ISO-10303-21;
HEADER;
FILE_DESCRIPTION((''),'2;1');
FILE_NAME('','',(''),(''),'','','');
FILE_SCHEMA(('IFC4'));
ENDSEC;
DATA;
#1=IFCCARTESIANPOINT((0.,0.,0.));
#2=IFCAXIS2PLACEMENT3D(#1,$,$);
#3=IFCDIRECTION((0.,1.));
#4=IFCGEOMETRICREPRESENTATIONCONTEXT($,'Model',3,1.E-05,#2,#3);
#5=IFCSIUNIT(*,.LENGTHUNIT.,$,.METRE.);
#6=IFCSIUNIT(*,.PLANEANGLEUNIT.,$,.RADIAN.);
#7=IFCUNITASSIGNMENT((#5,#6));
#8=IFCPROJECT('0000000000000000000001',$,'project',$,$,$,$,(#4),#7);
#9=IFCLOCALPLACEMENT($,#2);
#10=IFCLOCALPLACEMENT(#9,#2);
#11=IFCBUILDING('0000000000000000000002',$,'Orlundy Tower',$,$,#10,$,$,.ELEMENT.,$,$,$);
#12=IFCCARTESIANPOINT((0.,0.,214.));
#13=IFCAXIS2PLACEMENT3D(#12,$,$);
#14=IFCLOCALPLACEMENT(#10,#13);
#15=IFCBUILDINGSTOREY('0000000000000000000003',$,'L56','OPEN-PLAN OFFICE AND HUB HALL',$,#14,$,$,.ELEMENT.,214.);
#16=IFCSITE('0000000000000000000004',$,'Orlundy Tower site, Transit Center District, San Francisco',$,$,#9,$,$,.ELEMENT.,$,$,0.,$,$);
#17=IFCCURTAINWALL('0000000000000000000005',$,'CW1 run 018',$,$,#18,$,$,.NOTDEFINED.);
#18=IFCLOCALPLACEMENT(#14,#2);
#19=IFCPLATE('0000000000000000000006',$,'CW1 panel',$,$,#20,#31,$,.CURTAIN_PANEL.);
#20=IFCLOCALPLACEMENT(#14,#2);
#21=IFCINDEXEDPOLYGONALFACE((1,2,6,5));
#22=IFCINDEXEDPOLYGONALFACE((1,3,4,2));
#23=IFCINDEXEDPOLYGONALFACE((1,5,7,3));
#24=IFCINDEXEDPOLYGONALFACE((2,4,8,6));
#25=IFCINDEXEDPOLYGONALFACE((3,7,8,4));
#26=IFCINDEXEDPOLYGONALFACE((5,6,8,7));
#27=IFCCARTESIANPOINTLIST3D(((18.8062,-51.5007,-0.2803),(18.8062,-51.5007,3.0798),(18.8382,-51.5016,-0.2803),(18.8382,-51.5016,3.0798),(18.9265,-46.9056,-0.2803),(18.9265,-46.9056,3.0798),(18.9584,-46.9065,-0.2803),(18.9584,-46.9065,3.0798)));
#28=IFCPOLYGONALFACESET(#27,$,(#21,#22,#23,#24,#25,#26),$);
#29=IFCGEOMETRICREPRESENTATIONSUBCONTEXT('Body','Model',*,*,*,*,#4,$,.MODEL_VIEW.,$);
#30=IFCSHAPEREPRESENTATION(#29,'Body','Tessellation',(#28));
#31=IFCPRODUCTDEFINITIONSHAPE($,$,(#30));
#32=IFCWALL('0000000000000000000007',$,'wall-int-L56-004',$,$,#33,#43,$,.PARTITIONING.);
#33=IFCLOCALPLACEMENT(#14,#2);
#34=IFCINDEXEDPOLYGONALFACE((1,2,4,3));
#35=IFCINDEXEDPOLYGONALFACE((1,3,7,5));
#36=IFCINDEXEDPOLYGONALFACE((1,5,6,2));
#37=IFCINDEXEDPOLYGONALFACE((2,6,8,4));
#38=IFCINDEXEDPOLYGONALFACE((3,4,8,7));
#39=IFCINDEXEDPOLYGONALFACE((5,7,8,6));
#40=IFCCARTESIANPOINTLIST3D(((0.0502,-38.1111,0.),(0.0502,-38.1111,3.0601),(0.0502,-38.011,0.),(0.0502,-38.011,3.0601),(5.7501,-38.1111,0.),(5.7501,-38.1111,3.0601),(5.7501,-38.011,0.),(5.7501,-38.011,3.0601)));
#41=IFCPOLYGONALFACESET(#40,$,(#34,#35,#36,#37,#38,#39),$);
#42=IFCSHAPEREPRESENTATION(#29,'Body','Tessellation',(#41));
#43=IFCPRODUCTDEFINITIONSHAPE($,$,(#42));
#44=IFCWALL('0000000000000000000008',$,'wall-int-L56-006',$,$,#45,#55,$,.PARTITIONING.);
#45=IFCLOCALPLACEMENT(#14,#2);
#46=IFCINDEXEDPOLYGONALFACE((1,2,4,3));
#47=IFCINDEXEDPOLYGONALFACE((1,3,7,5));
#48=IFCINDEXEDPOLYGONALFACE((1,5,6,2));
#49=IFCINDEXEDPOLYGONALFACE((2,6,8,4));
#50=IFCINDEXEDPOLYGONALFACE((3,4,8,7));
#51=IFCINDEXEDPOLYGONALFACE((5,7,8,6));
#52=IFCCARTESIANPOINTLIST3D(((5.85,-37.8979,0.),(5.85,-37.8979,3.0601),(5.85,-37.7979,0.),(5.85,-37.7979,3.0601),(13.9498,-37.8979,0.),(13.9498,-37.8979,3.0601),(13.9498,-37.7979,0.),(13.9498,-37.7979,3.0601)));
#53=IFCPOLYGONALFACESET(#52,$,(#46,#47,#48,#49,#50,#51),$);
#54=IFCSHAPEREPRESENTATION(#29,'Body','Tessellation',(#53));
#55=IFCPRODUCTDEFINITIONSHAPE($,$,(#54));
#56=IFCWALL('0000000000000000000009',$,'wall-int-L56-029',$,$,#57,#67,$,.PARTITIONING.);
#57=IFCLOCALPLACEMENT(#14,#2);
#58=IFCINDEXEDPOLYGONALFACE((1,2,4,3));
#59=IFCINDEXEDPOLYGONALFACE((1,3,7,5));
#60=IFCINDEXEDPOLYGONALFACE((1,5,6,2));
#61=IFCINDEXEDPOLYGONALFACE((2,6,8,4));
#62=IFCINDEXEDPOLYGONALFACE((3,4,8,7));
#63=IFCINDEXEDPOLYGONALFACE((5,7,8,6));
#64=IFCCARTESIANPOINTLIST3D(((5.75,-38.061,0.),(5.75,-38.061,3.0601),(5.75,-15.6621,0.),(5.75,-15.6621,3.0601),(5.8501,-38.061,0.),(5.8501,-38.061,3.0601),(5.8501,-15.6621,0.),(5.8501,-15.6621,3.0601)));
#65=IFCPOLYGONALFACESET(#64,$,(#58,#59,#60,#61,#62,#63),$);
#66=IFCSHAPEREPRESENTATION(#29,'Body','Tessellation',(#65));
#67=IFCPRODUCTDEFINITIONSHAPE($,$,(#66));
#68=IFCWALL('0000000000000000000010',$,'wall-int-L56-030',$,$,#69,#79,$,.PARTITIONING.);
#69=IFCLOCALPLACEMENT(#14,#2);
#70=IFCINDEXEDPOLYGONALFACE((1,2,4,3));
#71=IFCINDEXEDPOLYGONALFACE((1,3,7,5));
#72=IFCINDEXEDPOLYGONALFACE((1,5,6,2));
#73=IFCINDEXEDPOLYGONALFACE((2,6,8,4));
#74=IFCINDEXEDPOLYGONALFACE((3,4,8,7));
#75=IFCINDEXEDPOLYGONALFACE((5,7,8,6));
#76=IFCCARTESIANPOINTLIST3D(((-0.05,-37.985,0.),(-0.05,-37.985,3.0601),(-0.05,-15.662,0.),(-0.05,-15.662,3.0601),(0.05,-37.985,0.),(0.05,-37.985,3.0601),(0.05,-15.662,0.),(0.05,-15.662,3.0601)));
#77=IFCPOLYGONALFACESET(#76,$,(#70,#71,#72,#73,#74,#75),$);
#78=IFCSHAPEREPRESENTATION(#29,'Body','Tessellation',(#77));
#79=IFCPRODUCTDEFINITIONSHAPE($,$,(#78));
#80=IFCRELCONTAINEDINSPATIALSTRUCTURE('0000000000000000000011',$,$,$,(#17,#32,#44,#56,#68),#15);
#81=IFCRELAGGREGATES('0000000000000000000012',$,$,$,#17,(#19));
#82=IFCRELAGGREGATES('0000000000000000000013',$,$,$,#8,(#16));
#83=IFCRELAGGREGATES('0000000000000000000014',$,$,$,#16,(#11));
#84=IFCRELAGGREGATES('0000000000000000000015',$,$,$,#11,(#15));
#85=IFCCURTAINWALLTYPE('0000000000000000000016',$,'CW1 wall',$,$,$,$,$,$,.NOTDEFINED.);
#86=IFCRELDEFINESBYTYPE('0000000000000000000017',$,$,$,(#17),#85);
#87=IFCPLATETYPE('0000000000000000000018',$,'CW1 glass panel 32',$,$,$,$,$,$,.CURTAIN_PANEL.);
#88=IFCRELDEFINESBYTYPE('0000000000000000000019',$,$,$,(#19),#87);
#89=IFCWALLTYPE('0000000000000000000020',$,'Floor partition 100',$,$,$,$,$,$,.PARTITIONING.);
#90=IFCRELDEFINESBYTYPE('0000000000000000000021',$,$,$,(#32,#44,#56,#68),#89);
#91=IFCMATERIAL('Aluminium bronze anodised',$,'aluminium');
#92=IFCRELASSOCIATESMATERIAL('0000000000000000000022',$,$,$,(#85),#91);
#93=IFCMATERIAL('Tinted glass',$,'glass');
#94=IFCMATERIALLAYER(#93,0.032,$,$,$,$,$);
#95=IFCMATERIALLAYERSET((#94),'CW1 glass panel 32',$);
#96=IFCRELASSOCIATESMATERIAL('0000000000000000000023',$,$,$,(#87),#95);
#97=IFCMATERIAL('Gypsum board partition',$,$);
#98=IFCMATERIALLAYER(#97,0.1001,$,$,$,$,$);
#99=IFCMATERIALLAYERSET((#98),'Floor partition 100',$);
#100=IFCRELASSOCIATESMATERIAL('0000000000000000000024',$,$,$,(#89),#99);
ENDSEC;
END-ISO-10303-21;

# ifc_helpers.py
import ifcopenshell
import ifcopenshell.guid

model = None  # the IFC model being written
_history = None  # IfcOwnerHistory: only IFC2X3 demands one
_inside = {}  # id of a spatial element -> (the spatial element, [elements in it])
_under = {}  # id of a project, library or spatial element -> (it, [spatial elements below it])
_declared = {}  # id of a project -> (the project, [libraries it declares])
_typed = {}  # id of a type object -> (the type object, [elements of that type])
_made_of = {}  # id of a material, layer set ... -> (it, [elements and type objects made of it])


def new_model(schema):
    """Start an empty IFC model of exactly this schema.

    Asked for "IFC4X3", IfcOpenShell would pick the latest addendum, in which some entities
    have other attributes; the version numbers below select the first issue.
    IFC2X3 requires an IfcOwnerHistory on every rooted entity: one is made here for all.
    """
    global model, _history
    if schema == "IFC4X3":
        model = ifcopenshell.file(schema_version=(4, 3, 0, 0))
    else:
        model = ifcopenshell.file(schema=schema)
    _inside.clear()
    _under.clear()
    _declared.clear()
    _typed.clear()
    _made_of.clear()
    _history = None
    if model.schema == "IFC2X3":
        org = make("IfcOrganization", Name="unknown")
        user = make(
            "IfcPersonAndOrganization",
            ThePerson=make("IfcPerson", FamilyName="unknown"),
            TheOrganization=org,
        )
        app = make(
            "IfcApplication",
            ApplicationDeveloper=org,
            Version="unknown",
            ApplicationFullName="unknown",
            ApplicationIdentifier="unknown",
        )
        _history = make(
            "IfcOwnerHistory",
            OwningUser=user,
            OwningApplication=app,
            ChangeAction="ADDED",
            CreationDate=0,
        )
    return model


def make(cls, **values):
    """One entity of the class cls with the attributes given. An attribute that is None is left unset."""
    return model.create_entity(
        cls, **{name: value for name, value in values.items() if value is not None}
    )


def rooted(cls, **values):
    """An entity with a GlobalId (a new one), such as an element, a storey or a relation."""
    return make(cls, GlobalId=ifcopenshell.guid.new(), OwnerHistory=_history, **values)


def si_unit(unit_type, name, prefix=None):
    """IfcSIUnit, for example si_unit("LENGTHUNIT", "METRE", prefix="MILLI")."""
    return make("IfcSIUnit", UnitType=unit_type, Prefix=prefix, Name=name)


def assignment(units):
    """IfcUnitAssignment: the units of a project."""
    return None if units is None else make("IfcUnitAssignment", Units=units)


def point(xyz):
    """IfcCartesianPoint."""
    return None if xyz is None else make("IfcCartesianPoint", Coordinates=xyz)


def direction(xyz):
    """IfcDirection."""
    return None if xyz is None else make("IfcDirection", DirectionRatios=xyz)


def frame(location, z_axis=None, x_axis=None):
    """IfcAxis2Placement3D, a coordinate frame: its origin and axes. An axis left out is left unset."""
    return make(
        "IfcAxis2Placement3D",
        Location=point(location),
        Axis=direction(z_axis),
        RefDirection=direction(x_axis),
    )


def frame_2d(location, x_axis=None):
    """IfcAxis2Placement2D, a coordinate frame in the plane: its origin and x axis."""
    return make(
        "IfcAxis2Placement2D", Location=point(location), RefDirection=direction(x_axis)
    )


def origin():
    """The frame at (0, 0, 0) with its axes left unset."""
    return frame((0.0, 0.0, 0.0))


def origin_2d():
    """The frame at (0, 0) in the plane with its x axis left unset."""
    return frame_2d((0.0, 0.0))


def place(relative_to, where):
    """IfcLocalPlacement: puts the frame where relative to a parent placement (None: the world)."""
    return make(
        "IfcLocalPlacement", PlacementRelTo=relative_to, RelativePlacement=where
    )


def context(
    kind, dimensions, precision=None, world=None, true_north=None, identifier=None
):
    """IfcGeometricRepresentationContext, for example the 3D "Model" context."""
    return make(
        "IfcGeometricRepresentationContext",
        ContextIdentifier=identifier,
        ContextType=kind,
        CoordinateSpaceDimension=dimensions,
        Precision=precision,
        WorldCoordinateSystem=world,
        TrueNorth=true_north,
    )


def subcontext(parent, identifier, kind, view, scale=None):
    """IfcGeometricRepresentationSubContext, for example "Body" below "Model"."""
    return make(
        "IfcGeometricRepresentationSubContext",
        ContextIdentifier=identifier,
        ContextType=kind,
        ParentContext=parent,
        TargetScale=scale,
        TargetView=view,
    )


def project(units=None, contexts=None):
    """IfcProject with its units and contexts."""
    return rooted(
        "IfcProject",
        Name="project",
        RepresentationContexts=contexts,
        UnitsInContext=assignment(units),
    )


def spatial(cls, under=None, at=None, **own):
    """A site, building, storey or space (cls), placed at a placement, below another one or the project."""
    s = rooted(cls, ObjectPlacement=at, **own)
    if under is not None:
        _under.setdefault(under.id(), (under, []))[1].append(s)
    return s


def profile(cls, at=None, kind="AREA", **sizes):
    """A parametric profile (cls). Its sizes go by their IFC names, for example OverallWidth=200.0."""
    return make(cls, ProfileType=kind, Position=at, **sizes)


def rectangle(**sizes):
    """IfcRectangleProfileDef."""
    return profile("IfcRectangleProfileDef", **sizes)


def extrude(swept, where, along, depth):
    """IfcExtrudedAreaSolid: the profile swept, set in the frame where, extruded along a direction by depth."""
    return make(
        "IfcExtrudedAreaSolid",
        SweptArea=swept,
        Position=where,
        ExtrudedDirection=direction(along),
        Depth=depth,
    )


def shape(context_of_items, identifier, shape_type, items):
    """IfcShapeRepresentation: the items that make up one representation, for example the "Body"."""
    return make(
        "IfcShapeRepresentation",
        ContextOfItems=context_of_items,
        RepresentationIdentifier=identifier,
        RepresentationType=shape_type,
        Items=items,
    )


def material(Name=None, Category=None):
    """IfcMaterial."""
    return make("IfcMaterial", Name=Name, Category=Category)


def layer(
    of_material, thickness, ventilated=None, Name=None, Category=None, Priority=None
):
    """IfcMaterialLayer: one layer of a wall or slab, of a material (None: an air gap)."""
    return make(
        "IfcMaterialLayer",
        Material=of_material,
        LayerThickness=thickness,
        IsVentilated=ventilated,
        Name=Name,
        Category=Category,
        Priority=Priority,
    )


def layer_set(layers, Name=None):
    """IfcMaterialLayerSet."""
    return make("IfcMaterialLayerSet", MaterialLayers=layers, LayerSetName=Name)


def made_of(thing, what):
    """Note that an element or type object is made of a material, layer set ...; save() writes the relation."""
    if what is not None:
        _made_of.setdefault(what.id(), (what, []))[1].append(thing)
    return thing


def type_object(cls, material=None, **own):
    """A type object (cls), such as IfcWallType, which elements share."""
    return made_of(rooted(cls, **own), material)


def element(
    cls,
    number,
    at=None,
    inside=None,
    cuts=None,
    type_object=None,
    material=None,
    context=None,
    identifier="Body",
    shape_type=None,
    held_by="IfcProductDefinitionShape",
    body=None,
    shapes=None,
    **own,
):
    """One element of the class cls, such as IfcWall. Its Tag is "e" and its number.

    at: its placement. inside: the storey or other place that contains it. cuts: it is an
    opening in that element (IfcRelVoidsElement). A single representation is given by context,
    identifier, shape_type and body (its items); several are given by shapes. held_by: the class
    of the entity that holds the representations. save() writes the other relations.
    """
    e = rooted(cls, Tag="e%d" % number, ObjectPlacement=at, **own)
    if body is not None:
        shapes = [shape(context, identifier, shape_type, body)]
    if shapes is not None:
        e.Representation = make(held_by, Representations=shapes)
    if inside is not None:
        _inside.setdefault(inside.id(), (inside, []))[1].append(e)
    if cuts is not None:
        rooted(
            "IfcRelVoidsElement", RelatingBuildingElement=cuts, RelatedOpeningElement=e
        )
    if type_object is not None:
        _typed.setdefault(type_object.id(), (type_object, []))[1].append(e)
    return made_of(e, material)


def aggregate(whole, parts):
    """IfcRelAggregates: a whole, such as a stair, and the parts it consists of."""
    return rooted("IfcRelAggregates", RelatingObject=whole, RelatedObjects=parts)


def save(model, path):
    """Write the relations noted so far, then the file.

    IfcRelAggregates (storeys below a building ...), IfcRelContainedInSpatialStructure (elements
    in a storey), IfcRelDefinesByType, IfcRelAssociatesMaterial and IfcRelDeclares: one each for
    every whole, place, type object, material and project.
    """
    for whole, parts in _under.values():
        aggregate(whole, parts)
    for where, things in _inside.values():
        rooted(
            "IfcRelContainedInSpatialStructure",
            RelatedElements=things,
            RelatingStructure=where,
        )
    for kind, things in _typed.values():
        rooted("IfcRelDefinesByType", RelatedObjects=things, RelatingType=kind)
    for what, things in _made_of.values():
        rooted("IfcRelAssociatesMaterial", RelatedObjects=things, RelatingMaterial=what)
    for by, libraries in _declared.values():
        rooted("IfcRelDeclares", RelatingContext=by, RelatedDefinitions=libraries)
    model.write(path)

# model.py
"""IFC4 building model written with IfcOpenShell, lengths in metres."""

from ifc_helpers import new_model, si_unit, direction, frame, frame_2d, origin, origin_2d, place, context, subcontext, project, spatial, rectangle, extrude, material, layer, layer_set, type_object, element, aggregate, save


model = new_model("IFC4")

# Units and contexts
model_context = context("Model", 3, precision=1e-05, world=origin(), true_north=direction((0.0, 1.0)))
body_context = subcontext(model_context, "Body", "Model", "MODEL_VIEW")
ifc_project = project(units=[si_unit("LENGTHUNIT", "METRE"), si_unit("PLANEANGLEUNIT", "RADIAN")], contexts=[model_context])

# Site, building, storey
site_placement = place(None, origin())
site = spatial("IfcSite", under=ifc_project, at=site_placement, Name="Orlundy Tower site, Transit Center District, San Francisco", CompositionType="ELEMENT", RefElevation=0.0)
building_placement = place(site_placement, origin())
building = spatial("IfcBuilding", under=site, at=building_placement, Name="Orlundy Tower", CompositionType="ELEMENT")
storey_placement = place(building_placement, frame((0.0, 0.0, 214.0)))
storey = spatial("IfcBuildingStorey", under=building, at=storey_placement, Name="L56", Description="OPEN-PLAN OFFICE AND HUB HALL", CompositionType="ELEMENT", Elevation=214.0)

# Curtain wall, plate
ifc_material_1 = material(Name="Aluminium bronze anodised", Category="aluminium")
curtain_wall_type = type_object("IfcCurtainWallType", Name="CW1 wall", PredefinedType="NOTDEFINED", material=ifc_material_1)
curtain_wall_placement = place(storey_placement, origin())
curtain_wall = element("IfcCurtainWall", 1, at=curtain_wall_placement, inside=storey, type_object=curtain_wall_type, Name="CW1 run 018", PredefinedType="NOTDEFINED")
ifc_material_2 = material(Name="Tinted glass", Category="glass")
ifc_layer_1 = layer(ifc_material_2, 0.032)
ifc_layer_set_1 = layer_set([ifc_layer_1], Name="CW1 glass panel 32")
plate_type = type_object("IfcPlateType", Name="CW1 glass panel 32", PredefinedType="CURTAIN_PANEL", material=ifc_layer_set_1)
plate_1_placement = place(storey_placement, frame((18.8823, -49.2036, -0.2803), z_axis=(0.0, 0.0, 1.0), x_axis=(-0.026166, -0.999658, 0.0)))
plate_1 = element("IfcPlate", 2, at=plate_1_placement, type_object=plate_type, Name="CW1 panel", PredefinedType="CURTAIN_PANEL", context=body_context, shape_type="SweptSolid", body=[
    extrude(rectangle(XDim=4.5967, YDim=0.032, at=origin_2d()), origin(), (0.0, 0.0, 1.0), 3.3601),
])
aggregate(curtain_wall, [plate_1])

# Walls
ifc_material_3 = material(Name="Gypsum board partition")
ifc_layer_2 = layer(ifc_material_3, 0.1001)
ifc_layer_set_2 = layer_set([ifc_layer_2], Name="Floor partition 100")
wall_type = type_object("IfcWallType", Name="Floor partition 100", PredefinedType="PARTITIONING", material=ifc_layer_set_2)
wall_1_placement = place(storey_placement, frame((0.05, -38.061, 0.0), z_axis=(0.0, 0.0, 1.0), x_axis=(1.0, 0.0, 0.0)))
element("IfcWall", 3, at=wall_1_placement, inside=storey, type_object=wall_type, Name="wall-int-L56-004", PredefinedType="PARTITIONING", context=body_context, shape_type="SweptSolid", body=[
    extrude(rectangle(XDim=5.7, YDim=0.1001, at=frame_2d((2.8501, 0.0))), origin(), (0.0, 0.0, 1.0), 3.0601),
])
wall_2_placement = place(storey_placement, frame((5.8501, -37.8479, 0.0), z_axis=(0.0, 0.0, 1.0), x_axis=(1.0, 0.0, 0.0)))
element("IfcWall", 4, at=wall_2_placement, inside=storey, type_object=wall_type, Name="wall-int-L56-006", PredefinedType="PARTITIONING", context=body_context, shape_type="SweptSolid", body=[
    extrude(rectangle(XDim=8.0999, YDim=0.1001, at=frame_2d((4.0498, 0.0))), origin(), (0.0, 0.0, 1.0), 3.0601),
])
wall_3_placement = place(storey_placement, frame((5.8, -38.061, 0.0), z_axis=(0.0, 0.0, 1.0), x_axis=(0.0, 1.0, 0.0)))
element("IfcWall", 5, at=wall_3_placement, inside=storey, type_object=wall_type, Name="wall-int-L56-029", PredefinedType="PARTITIONING", context=body_context, shape_type="SweptSolid", body=[
    extrude(rectangle(XDim=22.3989, YDim=0.1001, at=frame_2d((11.1995, 0.0))), origin(), (0.0, 0.0, 1.0), 3.0601),
])
wall_4_placement = place(storey_placement, frame((0.0, -37.9851, 0.0), z_axis=(0.0, 0.0, 1.0), x_axis=(0.0, 1.0, 0.0)))
element("IfcWall", 6, at=wall_4_placement, inside=storey, type_object=wall_type, Name="wall-int-L56-030", PredefinedType="PARTITIONING", context=body_context, shape_type="SweptSolid", body=[
    extrude(rectangle(XDim=22.323, YDim=0.1001, at=frame_2d((11.1616, 0.0))), origin(), (0.0, 0.0, 1.0), 3.0601),
])

save(model, "model.ifc")
